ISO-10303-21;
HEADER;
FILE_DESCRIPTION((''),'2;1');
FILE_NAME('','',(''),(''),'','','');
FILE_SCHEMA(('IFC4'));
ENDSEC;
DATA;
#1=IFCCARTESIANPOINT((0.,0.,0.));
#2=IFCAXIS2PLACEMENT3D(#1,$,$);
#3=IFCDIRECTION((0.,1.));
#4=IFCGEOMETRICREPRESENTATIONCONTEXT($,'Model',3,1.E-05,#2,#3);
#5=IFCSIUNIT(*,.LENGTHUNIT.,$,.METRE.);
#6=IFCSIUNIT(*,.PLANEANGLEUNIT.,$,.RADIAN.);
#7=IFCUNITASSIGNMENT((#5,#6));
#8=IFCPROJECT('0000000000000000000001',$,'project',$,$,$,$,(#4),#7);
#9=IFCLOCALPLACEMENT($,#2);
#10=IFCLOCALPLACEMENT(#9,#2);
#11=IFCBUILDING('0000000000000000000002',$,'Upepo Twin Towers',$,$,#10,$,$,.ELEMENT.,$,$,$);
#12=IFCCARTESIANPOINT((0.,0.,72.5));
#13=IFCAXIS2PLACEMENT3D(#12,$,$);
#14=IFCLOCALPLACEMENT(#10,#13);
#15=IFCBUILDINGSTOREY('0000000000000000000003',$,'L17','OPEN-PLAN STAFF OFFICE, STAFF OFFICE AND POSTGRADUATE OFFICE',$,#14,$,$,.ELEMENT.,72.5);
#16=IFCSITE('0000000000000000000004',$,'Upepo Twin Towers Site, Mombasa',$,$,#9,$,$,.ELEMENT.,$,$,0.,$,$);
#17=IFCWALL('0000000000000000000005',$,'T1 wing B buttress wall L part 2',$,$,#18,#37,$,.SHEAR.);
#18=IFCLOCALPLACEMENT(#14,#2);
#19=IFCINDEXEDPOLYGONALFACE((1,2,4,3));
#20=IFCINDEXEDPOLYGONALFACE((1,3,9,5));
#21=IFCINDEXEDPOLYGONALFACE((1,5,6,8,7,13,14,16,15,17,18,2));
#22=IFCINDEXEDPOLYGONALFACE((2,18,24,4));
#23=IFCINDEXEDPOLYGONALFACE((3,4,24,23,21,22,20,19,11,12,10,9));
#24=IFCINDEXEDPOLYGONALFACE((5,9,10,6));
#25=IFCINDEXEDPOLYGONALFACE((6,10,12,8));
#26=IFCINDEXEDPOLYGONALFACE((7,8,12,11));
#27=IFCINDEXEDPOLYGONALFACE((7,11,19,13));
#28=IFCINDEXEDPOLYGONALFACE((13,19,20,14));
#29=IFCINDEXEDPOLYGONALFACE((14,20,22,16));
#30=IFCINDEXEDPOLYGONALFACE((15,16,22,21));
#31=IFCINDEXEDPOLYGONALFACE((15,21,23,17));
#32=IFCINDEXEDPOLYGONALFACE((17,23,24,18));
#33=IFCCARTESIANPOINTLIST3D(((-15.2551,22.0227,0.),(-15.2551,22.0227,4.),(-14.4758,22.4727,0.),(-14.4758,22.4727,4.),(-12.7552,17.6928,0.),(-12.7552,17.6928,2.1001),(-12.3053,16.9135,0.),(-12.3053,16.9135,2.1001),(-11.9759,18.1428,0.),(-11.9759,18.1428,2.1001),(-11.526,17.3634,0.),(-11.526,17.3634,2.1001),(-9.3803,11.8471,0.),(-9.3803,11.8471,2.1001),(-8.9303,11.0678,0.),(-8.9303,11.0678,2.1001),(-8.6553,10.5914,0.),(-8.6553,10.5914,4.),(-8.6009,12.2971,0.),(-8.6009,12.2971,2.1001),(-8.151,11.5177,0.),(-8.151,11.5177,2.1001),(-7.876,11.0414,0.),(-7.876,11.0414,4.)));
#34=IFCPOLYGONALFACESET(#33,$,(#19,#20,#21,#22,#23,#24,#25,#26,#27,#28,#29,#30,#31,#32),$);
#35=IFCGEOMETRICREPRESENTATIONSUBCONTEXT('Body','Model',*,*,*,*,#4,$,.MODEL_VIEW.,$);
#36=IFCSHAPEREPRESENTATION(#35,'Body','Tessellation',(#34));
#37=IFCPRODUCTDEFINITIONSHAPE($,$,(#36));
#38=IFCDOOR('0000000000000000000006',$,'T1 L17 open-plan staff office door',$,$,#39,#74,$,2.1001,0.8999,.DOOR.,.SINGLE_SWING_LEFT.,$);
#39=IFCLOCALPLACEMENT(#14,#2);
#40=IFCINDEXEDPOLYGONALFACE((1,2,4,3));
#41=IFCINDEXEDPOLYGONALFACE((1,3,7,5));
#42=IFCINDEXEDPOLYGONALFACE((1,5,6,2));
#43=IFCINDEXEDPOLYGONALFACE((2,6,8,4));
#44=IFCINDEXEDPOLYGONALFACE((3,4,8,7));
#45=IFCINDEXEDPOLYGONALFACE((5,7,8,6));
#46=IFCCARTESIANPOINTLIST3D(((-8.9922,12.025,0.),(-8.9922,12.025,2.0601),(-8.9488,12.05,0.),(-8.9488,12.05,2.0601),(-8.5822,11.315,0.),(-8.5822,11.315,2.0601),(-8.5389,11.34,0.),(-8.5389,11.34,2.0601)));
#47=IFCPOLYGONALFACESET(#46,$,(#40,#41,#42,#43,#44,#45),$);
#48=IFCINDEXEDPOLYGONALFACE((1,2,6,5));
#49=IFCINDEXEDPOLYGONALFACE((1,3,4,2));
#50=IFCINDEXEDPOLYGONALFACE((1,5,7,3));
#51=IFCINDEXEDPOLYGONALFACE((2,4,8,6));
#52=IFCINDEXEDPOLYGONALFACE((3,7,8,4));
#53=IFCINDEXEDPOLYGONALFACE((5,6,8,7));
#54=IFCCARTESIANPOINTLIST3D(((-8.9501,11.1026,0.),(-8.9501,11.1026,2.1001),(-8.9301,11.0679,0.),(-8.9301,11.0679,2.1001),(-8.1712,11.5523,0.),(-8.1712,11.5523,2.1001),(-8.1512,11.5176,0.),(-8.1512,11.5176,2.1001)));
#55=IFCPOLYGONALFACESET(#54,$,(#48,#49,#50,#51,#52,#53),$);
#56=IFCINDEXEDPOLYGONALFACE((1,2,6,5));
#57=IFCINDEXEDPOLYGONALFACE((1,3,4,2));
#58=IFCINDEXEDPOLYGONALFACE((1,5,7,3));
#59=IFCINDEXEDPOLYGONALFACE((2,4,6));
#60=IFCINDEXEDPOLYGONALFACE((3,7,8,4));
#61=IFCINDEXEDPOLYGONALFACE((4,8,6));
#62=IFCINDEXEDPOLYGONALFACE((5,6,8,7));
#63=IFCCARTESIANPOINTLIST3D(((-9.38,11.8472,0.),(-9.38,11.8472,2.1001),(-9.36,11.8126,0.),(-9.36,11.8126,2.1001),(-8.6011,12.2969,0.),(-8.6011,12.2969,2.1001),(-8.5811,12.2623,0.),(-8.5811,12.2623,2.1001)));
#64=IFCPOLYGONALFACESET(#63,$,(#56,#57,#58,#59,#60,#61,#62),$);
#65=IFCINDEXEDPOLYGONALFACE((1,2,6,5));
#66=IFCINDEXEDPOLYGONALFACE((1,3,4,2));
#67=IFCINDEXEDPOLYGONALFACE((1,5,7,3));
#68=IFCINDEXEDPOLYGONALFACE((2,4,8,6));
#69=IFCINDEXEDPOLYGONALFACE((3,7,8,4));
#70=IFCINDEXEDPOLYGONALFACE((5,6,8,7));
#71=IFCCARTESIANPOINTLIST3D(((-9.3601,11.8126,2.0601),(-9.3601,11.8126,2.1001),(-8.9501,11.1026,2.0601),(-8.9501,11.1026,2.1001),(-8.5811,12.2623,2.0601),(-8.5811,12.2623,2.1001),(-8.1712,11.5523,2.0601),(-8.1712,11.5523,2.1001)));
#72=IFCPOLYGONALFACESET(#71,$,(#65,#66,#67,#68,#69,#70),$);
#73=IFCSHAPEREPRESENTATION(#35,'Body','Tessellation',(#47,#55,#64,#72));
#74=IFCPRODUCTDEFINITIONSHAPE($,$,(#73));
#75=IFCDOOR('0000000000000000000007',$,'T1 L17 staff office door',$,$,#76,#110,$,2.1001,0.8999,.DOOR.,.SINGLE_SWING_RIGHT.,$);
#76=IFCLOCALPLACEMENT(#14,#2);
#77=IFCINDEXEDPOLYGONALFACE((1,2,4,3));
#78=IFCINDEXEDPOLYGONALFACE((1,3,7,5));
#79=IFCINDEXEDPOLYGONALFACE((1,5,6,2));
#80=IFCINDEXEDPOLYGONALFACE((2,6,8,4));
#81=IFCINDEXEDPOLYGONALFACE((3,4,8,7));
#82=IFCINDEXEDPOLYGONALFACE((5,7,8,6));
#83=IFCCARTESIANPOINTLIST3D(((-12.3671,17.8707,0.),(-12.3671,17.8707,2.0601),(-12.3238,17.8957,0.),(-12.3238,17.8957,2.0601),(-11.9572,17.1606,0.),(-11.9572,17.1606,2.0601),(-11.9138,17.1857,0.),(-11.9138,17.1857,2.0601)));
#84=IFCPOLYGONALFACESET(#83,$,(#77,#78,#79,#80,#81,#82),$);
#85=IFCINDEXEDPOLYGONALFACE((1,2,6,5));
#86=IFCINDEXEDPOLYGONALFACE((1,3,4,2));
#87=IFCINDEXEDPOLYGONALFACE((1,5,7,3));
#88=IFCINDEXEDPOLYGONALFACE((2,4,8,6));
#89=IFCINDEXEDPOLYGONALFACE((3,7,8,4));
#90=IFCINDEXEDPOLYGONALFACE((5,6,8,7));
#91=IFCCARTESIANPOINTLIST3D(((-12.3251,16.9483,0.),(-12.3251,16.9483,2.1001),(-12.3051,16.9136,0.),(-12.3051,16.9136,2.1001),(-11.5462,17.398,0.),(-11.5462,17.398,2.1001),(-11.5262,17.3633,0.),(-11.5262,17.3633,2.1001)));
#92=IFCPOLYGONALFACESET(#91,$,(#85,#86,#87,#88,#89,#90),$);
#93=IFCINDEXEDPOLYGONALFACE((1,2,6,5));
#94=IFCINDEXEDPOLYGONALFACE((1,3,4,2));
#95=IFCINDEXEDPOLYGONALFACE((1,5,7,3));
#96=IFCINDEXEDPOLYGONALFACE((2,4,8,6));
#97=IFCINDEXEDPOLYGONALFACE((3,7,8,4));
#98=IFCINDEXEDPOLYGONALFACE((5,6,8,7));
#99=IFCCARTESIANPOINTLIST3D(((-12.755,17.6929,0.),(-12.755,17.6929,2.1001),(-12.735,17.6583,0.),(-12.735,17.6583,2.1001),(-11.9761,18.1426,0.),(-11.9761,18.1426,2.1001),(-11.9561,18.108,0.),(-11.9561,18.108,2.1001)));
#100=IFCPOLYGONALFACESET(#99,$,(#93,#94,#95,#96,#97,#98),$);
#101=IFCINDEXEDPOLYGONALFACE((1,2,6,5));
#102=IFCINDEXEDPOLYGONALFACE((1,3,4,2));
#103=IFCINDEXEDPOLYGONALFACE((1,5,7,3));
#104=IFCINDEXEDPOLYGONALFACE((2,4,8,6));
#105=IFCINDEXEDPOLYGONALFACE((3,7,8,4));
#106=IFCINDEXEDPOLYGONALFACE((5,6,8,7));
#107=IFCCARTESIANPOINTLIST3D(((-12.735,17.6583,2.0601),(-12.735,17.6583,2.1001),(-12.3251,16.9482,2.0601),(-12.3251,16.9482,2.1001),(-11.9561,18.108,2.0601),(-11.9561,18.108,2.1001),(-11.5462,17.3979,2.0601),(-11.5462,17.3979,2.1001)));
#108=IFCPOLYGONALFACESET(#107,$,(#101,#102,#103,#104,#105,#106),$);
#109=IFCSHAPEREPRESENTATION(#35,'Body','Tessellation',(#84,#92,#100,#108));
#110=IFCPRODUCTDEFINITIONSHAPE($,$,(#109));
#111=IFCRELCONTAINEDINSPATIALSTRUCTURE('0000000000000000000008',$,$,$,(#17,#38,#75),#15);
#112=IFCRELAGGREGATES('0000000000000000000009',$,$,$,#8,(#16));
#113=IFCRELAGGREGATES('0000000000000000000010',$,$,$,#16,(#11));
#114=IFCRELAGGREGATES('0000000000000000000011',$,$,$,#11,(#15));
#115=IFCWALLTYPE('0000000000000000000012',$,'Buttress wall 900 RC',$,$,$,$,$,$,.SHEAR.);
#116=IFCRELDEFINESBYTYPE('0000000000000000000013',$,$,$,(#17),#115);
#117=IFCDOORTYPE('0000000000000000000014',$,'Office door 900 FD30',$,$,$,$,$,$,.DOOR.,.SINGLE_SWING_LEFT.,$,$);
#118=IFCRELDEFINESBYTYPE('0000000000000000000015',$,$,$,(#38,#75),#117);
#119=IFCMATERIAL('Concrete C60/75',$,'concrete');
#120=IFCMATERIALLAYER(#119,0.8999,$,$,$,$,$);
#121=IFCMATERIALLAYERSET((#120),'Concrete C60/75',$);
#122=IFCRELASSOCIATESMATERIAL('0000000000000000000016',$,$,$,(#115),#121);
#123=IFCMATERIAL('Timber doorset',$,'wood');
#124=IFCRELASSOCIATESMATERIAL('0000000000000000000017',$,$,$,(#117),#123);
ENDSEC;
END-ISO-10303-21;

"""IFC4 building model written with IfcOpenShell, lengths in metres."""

from ifc_helpers import new_model, si_unit, direction, frame, frame_2d, origin, place, context, subcontext, project, spatial, rectangle, extrude, material, layer, layer_set, type_object, element, fill, save


model = new_model("IFC4")

# Units and contexts
model_context = context("Model", 3, precision=1e-05, world=origin(), true_north=direction((0.0, 1.0)))
body_context = subcontext(model_context, "Body", "Model", "MODEL_VIEW")
ifc_project = project(units=[si_unit("LENGTHUNIT", "METRE"), si_unit("PLANEANGLEUNIT", "RADIAN")], contexts=[model_context])

# Site, building, storey
site_placement = place(None, origin())
site = spatial("IfcSite", under=ifc_project, at=site_placement, Name="Upepo Twin Towers Site, Mombasa", CompositionType="ELEMENT", RefElevation=0.0)
building_placement = place(site_placement, origin())
building = spatial("IfcBuilding", under=site, at=building_placement, Name="Upepo Twin Towers", CompositionType="ELEMENT")
storey_placement = place(building_placement, frame((0.0, 0.0, 72.5)))
storey = spatial("IfcBuildingStorey", under=building, at=storey_placement, Name="L17", Description="OPEN-PLAN STAFF OFFICE, STAFF OFFICE AND POSTGRADUATE OFFICE", CompositionType="ELEMENT", Elevation=72.5)

# Wall, openings, doors
ifc_material_1 = material(Name="Concrete C60/75", Category="concrete")
ifc_layer_1 = layer(ifc_material_1, 0.8999)
ifc_layer_set_1 = layer_set([ifc_layer_1], Name="Concrete C60/75")
wall_type_1 = type_object("IfcWallType", Name="Buttress wall 900 RC", PredefinedType="SHEAR", material=ifc_layer_set_1)
wall_1_placement = place(storey_placement, frame((-8.2656, 10.8164, 0.0), z_axis=(0.0, 0.0, 1.0), x_axis=(-0.499996, 0.866028, 0.0)))
wall_1 = element("IfcWall", 1, at=wall_1_placement, inside=storey, type_object=wall_type_1, Name="T1 wing B buttress wall L part 2", PredefinedType="SHEAR", context=body_context, shape_type="SweptSolid", body=[
    extrude(rectangle(XDim=13.1997, YDim=0.8999, at=frame_2d((6.5999, 0.0))), origin(), (0.0, 0.0, 1.0), 4.0),
])
opening_1_placement = place(wall_1_placement, frame((0.55, 0.0, 0.0)))
opening_1 = element("IfcOpeningElement", 2, at=opening_1_placement, cuts=wall_1, PredefinedType="OPENING", context=body_context, shape_type="SweptSolid", body=[
    extrude(rectangle(XDim=0.8999, YDim=2.1001, at=frame_2d((0.45, 1.05))), frame((0.0, 0.46, 0.0), z_axis=(0.0, -1.0, 0.0), x_axis=(1.0, 0.0, 0.0)), (0.0, 0.0, 1.0), 0.9199),
])
opening_2_placement = place(wall_1_placement, frame((7.3, 0.0, 0.0)))
opening_2 = element("IfcOpeningElement", 3, at=opening_2_placement, cuts=wall_1, PredefinedType="OPENING", context=body_context, shape_type="SweptSolid", body=[
    extrude(rectangle(XDim=0.8999, YDim=2.1001, at=frame_2d((0.45, 1.05))), frame((0.0, 0.46, 0.0), z_axis=(0.0, -1.0, 0.0), x_axis=(1.0, 0.0, 0.0)), (0.0, 0.0, 1.0), 0.9199),
])
ifc_material_2 = material(Name="Timber doorset", Category="wood")
door_type = type_object("IfcDoorType", Name="Office door 900 FD30", OperationType="SINGLE_SWING_LEFT", PredefinedType="DOOR", material=ifc_material_2)
door_1_placement = place(opening_1_placement, origin())
door_1 = element("IfcDoor", 4, at=door_1_placement, inside=storey, type_object=door_type, Name="T1 L17 open-plan staff office door", OperationType="SINGLE_SWING_LEFT", OverallHeight=2.1001, OverallWidth=0.8999, PredefinedType="DOOR", context=body_context, shape_type="SweptSolid", body=[
    extrude(rectangle(XDim=0.8199, YDim=2.0601, at=frame_2d((0.45, 1.03))), frame((0.0, 0.0249, 0.0), z_axis=(0.0, -1.0, 0.0), x_axis=(1.0, 0.0, 0.0)), (0.0, 0.0, 1.0), 0.05),
    extrude(rectangle(XDim=0.04, YDim=2.1001, at=frame_2d((0.02, 1.05))), frame((0.0, 0.4497, 0.0), z_axis=(0.0, -1.0, 0.0), x_axis=(1.0, 0.0, 0.0)), (0.0, 0.0, 1.0), 0.8994),
    extrude(rectangle(XDim=0.04, YDim=2.1001, at=frame_2d((0.8799, 1.05))), frame((0.0, 0.4497, 0.0), z_axis=(0.0, -1.0, 0.0), x_axis=(1.0, 0.0, 0.0)), (0.0, 0.0, 1.0), 0.8994),
    extrude(rectangle(XDim=0.8199, YDim=0.04, at=frame_2d((0.45, 2.0801))), frame((0.0, 0.4497, 0.0), z_axis=(0.0, -1.0, 0.0), x_axis=(1.0, 0.0, 0.0)), (0.0, 0.0, 1.0), 0.8994),
])
fill(opening_1, door_1)
door_2_placement = place(opening_2_placement, origin())
door_2 = element("IfcDoor", 5, at=door_2_placement, inside=storey, type_object=door_type, Name="T1 L17 staff office door", OperationType="SINGLE_SWING_RIGHT", OverallHeight=2.1001, OverallWidth=0.8999, PredefinedType="DOOR", context=body_context, shape_type="SweptSolid", body=[
    extrude(rectangle(XDim=0.8199, YDim=2.0601, at=frame_2d((0.45, 1.03))), frame((0.0, 0.0249, 0.0), z_axis=(0.0, -1.0, 0.0), x_axis=(1.0, 0.0, 0.0)), (0.0, 0.0, 1.0), 0.05),
    extrude(rectangle(XDim=0.04, YDim=2.1001, at=frame_2d((0.02, 1.05))), frame((0.0, 0.4497, 0.0), z_axis=(0.0, -1.0, 0.0), x_axis=(1.0, 0.0, 0.0)), (0.0, 0.0, 1.0), 0.8994),
    extrude(rectangle(XDim=0.04, YDim=2.1001, at=frame_2d((0.8799, 1.05))), frame((0.0, 0.4497, 0.0), z_axis=(0.0, -1.0, 0.0), x_axis=(1.0, 0.0, 0.0)), (0.0, 0.0, 1.0), 0.8994),
    extrude(rectangle(XDim=0.8199, YDim=0.04, at=frame_2d((0.45, 2.0801))), frame((0.0, 0.4497, 0.0), z_axis=(0.0, -1.0, 0.0), x_axis=(1.0, 0.0, 0.0)), (0.0, 0.0, 1.0), 0.8994),
])
fill(opening_2, door_2)

save(model, "model.ifc")
